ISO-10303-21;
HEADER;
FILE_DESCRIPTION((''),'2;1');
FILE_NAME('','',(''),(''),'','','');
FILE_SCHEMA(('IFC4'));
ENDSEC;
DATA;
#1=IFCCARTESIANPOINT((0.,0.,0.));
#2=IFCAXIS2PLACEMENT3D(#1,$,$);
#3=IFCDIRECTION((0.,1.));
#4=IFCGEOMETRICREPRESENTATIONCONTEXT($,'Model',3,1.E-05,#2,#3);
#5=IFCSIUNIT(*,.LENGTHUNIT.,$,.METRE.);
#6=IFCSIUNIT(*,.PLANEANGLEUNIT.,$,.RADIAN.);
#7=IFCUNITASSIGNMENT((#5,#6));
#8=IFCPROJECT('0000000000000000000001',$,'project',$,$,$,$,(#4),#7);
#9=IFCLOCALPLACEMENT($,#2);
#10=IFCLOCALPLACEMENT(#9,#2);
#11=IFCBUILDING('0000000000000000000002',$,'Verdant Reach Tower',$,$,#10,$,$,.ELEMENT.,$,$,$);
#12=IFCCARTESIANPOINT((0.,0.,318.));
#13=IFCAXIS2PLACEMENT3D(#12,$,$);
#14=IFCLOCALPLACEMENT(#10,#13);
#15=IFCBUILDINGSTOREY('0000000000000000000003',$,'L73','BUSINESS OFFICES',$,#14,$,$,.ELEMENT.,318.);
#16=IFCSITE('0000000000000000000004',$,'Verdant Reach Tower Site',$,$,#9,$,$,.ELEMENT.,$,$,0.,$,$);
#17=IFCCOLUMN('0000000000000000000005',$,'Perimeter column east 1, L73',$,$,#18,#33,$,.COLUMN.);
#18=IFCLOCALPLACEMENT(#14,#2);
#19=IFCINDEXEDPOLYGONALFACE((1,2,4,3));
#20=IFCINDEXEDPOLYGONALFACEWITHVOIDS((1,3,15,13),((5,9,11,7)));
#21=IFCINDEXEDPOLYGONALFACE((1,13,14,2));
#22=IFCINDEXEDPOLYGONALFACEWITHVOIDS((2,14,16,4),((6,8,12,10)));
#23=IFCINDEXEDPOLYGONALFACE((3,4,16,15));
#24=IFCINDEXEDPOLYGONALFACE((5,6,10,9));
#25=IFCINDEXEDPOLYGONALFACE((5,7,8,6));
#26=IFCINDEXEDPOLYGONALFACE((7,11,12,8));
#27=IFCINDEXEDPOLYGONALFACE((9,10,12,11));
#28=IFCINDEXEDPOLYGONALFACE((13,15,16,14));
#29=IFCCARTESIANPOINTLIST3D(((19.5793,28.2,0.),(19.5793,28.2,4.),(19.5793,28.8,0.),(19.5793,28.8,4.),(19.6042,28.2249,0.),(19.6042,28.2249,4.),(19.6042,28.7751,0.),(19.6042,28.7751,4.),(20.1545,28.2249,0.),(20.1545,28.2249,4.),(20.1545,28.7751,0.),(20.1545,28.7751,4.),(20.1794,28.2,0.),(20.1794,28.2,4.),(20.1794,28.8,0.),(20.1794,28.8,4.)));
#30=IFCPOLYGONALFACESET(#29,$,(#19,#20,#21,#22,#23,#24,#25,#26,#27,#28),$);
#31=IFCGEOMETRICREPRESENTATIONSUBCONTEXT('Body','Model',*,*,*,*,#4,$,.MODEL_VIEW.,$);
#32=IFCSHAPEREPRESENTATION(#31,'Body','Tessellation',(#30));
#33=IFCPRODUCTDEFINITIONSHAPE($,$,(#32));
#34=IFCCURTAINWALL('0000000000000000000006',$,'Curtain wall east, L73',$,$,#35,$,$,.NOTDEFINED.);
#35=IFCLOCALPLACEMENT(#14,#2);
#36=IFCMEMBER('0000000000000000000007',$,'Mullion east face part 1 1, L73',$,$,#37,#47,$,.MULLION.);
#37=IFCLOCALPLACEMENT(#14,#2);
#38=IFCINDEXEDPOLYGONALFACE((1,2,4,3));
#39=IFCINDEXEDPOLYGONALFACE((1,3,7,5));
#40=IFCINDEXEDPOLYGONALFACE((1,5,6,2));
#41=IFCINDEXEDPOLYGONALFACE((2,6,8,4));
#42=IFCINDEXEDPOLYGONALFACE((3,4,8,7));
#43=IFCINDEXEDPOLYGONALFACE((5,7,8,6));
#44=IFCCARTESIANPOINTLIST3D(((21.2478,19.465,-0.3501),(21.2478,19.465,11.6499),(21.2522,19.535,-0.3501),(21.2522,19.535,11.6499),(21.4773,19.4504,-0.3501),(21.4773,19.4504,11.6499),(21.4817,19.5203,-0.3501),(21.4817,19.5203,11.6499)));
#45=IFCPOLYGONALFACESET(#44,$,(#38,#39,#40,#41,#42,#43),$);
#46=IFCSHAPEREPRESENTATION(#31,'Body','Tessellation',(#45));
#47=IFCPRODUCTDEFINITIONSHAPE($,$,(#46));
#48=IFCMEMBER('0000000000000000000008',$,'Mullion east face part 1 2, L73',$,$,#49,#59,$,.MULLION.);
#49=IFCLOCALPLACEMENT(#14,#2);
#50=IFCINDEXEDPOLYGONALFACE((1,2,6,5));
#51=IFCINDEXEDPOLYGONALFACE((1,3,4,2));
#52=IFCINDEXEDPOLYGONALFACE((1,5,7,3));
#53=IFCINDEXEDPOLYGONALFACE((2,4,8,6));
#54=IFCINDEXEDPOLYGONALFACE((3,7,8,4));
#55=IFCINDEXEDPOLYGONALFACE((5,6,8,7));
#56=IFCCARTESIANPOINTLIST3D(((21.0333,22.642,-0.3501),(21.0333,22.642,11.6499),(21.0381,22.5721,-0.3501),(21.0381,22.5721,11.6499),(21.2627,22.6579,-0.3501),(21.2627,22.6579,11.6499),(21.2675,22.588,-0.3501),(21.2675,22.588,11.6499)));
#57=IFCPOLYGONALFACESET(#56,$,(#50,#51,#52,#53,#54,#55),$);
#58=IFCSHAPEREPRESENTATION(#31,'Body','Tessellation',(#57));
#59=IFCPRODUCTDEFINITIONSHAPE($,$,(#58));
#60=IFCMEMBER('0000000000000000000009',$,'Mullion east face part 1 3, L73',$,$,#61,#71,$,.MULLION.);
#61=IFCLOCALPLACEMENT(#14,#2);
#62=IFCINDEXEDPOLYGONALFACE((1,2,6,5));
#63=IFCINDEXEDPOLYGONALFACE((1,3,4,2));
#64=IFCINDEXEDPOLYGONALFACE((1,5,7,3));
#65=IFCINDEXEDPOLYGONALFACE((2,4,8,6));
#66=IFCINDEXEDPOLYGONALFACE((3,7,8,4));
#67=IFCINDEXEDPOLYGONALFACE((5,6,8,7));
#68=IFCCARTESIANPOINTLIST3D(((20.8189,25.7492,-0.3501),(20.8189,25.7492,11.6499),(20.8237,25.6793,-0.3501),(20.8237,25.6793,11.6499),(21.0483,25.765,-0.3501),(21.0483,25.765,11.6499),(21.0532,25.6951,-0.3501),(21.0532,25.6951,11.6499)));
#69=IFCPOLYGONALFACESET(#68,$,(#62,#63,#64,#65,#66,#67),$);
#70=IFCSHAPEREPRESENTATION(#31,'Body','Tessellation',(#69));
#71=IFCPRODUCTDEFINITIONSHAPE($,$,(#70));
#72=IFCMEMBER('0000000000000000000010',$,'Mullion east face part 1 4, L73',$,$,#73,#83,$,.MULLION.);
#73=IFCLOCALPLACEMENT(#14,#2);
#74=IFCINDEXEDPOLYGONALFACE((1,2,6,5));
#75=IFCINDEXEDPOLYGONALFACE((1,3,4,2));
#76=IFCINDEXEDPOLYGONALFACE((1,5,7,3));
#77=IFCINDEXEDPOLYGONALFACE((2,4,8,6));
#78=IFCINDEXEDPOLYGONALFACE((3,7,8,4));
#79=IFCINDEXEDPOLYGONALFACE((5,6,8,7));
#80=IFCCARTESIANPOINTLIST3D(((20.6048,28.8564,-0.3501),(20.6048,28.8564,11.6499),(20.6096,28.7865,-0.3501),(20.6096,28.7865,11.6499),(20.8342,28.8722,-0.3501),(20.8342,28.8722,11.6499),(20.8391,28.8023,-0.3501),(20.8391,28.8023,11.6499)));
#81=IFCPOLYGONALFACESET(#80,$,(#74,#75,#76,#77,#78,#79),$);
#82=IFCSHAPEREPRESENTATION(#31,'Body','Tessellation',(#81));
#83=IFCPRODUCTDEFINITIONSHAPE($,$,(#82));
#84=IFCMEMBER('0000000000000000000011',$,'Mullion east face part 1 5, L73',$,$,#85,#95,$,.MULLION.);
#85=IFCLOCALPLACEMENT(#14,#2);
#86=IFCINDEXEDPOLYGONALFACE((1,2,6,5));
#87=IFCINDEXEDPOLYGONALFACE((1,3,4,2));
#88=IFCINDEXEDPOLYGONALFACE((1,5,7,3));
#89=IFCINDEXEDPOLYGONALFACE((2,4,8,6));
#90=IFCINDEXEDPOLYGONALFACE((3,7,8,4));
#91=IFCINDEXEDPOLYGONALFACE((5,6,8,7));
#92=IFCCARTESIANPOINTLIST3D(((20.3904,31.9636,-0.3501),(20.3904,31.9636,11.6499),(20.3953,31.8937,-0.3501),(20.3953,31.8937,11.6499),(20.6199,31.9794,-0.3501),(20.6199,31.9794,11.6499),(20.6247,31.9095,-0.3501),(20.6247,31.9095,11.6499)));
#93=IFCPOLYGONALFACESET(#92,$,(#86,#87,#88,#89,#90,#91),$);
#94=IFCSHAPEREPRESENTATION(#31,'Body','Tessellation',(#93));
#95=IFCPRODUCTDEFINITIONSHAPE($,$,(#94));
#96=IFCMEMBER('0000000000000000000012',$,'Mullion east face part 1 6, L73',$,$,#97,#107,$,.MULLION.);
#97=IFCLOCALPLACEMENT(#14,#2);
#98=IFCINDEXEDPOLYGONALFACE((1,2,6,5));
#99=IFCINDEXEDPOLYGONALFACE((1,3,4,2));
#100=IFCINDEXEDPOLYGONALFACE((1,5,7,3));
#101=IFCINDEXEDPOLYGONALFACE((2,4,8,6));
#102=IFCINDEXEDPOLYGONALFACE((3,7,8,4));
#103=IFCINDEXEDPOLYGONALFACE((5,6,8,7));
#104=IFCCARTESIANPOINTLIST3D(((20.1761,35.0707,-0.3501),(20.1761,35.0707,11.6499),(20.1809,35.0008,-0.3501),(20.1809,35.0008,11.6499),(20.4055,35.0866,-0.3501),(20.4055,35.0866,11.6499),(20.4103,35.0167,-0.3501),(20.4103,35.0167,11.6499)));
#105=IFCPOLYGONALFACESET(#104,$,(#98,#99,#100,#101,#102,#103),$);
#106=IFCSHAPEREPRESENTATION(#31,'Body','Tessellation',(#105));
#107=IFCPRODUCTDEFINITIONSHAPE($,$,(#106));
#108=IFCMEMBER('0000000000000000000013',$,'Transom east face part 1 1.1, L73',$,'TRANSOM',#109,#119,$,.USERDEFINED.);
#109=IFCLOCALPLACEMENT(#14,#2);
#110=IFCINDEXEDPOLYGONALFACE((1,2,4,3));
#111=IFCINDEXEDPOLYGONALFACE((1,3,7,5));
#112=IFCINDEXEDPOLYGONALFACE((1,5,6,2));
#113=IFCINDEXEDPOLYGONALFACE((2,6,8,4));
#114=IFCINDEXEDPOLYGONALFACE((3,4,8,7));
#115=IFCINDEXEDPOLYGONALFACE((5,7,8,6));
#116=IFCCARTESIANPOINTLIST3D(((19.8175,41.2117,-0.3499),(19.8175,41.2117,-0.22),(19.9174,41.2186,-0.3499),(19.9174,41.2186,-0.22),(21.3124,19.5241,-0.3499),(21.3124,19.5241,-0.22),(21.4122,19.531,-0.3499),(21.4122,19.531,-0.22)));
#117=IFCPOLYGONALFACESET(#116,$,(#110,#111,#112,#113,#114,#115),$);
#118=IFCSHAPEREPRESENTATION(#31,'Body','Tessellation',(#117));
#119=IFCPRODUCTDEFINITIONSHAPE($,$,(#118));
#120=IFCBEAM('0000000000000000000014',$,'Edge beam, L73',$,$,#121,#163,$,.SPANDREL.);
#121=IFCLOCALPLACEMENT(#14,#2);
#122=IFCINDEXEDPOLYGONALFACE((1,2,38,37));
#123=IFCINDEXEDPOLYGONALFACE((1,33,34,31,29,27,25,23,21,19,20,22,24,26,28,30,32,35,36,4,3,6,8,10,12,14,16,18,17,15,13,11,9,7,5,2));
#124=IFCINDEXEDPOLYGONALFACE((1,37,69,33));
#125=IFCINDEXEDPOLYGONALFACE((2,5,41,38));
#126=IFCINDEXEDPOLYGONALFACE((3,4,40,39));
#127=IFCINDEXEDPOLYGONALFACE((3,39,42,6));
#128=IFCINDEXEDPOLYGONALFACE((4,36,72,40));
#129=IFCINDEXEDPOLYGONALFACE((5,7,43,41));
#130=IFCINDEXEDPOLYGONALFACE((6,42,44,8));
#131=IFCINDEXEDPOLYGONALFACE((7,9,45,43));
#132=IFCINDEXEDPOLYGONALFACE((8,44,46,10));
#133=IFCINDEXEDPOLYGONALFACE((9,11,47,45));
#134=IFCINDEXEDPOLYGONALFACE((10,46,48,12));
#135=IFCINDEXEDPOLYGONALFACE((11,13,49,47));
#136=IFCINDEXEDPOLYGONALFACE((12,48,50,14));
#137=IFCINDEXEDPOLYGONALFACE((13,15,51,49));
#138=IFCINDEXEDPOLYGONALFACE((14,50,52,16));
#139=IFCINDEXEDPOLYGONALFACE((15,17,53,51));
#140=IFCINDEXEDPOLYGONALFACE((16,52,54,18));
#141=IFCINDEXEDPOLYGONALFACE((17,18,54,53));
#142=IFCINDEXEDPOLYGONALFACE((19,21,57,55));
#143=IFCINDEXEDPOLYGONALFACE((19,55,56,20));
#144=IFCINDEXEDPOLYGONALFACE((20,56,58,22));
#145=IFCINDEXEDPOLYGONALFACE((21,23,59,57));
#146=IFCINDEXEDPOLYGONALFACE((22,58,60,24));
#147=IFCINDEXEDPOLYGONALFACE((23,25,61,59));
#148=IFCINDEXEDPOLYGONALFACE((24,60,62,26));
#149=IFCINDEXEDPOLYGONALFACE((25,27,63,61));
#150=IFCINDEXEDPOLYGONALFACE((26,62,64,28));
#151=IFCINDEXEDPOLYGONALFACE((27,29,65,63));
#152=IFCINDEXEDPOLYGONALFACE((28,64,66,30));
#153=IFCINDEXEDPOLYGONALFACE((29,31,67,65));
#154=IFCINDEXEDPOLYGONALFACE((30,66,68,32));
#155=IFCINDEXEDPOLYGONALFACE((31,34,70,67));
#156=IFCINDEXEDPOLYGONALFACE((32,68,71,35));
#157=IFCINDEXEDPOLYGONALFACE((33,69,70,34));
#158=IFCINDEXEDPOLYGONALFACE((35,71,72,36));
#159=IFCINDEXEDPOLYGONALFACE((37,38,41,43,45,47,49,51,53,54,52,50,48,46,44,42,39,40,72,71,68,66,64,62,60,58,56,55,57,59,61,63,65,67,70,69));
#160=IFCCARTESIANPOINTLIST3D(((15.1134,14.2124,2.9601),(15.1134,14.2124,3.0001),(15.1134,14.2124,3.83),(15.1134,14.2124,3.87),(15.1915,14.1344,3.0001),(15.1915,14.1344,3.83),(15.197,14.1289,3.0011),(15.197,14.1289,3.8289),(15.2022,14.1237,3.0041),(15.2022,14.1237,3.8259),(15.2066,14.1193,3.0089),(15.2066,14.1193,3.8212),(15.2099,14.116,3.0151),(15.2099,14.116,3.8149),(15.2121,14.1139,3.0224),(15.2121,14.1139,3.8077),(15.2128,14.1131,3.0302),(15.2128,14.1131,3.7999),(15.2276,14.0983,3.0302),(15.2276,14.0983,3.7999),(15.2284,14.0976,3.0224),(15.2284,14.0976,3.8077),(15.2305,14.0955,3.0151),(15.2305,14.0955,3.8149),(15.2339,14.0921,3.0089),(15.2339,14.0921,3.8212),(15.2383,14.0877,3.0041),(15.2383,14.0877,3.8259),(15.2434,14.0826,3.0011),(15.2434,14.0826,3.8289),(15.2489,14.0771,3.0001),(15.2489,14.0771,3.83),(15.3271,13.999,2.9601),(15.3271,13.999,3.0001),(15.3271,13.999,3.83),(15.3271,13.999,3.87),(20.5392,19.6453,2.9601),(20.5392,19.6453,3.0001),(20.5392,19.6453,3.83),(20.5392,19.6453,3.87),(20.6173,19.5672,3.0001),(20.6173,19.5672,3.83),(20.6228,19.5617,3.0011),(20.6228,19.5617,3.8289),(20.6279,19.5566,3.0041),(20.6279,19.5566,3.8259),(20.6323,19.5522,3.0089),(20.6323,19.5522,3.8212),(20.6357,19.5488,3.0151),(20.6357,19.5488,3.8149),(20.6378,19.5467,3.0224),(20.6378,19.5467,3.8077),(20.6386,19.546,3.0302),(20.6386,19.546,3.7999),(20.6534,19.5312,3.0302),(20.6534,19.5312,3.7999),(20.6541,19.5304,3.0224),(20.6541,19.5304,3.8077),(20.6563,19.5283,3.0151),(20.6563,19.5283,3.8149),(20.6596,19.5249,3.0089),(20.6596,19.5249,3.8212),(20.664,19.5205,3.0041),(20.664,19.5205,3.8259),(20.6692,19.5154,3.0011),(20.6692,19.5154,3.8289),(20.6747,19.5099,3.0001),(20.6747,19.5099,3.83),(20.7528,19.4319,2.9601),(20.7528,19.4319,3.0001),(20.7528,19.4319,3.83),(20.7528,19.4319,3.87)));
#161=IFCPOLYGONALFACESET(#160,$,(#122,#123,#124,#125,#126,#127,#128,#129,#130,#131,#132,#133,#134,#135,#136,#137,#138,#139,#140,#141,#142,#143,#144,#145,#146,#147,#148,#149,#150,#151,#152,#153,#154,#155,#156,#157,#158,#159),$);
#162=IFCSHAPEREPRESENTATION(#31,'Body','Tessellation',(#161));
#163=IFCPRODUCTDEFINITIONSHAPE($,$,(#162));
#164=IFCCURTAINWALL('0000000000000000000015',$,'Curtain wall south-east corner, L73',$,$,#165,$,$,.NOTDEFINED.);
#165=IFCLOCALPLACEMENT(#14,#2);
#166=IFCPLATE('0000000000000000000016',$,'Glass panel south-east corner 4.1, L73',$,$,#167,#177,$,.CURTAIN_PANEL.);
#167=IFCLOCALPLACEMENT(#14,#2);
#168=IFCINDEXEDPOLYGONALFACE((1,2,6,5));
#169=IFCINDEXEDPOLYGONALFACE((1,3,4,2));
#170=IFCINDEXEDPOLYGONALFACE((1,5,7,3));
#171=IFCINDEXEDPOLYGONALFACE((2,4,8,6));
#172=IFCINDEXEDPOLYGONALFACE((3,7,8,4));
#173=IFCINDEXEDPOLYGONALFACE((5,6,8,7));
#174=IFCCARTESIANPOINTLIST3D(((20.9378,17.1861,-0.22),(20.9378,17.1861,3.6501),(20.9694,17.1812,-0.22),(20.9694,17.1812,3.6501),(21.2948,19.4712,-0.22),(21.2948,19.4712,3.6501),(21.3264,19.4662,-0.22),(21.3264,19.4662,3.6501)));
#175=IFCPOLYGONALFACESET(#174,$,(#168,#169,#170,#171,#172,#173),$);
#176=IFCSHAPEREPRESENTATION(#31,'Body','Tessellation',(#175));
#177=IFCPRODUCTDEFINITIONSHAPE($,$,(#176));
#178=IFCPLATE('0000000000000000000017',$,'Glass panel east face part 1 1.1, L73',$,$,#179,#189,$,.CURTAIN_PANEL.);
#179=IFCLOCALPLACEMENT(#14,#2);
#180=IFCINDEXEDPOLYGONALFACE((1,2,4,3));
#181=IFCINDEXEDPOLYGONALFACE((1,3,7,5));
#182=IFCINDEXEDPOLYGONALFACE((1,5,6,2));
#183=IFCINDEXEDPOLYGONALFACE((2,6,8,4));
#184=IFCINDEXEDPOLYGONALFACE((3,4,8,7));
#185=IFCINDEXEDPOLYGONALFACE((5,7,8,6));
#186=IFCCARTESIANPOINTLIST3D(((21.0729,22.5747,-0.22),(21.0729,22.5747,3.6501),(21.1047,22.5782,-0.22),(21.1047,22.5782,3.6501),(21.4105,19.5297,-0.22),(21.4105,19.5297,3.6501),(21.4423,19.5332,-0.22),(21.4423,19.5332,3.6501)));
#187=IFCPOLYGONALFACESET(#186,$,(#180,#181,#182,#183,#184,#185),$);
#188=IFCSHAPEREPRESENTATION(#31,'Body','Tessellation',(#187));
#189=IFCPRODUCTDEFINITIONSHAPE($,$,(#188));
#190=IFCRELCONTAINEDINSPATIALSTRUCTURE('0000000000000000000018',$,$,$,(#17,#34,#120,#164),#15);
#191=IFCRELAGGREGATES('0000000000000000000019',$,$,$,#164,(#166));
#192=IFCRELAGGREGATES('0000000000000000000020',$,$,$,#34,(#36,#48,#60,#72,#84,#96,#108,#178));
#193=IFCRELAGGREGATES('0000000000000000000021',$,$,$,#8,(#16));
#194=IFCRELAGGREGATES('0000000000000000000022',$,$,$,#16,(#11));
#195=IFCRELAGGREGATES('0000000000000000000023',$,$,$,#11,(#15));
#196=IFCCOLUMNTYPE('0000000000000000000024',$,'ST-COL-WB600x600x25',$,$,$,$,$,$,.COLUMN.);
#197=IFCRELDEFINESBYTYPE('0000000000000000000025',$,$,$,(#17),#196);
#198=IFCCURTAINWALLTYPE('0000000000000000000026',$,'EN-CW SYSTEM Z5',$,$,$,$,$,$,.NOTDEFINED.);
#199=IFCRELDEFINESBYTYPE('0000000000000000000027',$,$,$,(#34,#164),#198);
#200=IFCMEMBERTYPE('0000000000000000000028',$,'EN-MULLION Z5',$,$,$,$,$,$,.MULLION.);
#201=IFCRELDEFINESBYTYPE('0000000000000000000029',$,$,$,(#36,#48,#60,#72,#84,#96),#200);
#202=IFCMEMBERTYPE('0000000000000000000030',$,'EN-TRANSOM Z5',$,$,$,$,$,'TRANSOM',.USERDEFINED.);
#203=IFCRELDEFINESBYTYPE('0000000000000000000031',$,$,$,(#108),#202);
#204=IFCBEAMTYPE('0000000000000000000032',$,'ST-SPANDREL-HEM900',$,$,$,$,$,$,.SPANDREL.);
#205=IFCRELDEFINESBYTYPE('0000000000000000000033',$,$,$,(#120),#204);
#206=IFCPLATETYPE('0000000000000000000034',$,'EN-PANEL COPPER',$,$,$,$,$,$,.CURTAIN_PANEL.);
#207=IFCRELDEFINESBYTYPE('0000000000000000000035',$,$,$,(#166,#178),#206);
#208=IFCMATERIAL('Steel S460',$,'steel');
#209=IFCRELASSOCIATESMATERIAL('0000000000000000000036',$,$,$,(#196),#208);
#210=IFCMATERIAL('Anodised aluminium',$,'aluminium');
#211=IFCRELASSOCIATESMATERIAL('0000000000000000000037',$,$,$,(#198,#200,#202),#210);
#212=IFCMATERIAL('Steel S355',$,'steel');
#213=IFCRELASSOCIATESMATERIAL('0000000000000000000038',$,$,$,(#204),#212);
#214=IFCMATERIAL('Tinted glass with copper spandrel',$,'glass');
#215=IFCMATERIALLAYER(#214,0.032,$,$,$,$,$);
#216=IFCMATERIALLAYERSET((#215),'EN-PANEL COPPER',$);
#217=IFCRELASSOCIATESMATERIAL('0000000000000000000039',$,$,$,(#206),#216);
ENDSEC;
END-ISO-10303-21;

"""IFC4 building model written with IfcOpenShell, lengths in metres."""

from ifc_helpers import new_model, si_unit, direction, frame, origin, origin_2d, place, context, subcontext, project, spatial, rectangle, hollow_rectangle, i_section, extrude, material, layer, layer_set, material_profile, profile_set, type_object, element, aggregate, save


model = new_model("IFC4")

# Units and contexts
model_context = context("Model", 3, precision=1e-05, world=origin(), true_north=direction((0.0, 1.0)))
body_context = subcontext(model_context, "Body", "Model", "MODEL_VIEW")
ifc_project = project(units=[si_unit("LENGTHUNIT", "METRE"), si_unit("PLANEANGLEUNIT", "RADIAN")], contexts=[model_context])

# Site, building, storey
site_placement = place(None, origin())
site = spatial("IfcSite", under=ifc_project, at=site_placement, Name="Verdant Reach Tower Site", CompositionType="ELEMENT", RefElevation=0.0)
building_placement = place(site_placement, origin())
building = spatial("IfcBuilding", under=site, at=building_placement, Name="Verdant Reach Tower", CompositionType="ELEMENT")
storey_placement = place(building_placement, frame((0.0, 0.0, 318.0)))
storey = spatial("IfcBuildingStorey", under=building, at=storey_placement, Name="L73", Description="BUSINESS OFFICES", CompositionType="ELEMENT", Elevation=318.0)

# Column
ifc_material_1 = material(Name="Steel S460", Category="steel")
ifc_material_profile_1 = material_profile(ifc_material_1, hollow_rectangle(XDim=0.6001, YDim=0.6001, WallThickness=0.0249, at=origin_2d()), Name="WB 600x600x25")
ifc_profile_set_1 = profile_set([ifc_material_profile_1], Name="Steel S460")
column_type = type_object("IfcColumnType", Name="ST-COL-WB600x600x25", PredefinedType="COLUMN", material=ifc_profile_set_1)
column_placement = place(storey_placement, frame((19.8794, 28.5, 0.0), z_axis=(0.0, 0.0, 1.0), x_axis=(1.0, 0.0, 0.0)))
element("IfcColumn", 1, at=column_placement, inside=storey, type_object=column_type, Name="Perimeter column east 1, L73", PredefinedType="COLUMN", context=body_context, shape_type="SweptSolid", body=[
    extrude(hollow_rectangle(XDim=0.6001, YDim=0.6001, WallThickness=0.0249, at=origin_2d()), origin(), (0.0, 0.0, 1.0), 4.0),
])

# Curtain wall, members
ifc_material_2 = material(Name="Anodised aluminium", Category="aluminium")
curtain_wall_type = type_object("IfcCurtainWallType", Name="EN-CW SYSTEM Z5", PredefinedType="NOTDEFINED", material=ifc_material_2)
curtain_wall_1_placement = place(storey_placement, origin())
curtain_wall_1 = element("IfcCurtainWall", 2, at=curtain_wall_1_placement, inside=storey, type_object=curtain_wall_type, Name="Curtain wall east, L73", PredefinedType="NOTDEFINED")
ifc_material_profile_2 = material_profile(ifc_material_2, rectangle(XDim=0.23, YDim=0.0701, at=origin_2d()), Name="Mullion 70x230")
ifc_profile_set_2 = profile_set([ifc_material_profile_2], Name="Anodised aluminium")
member_type_1 = type_object("IfcMemberType", Name="EN-MULLION Z5", PredefinedType="MULLION", material=ifc_profile_set_2)
member_1_placement = place(storey_placement, frame((21.3647, 19.4927, -0.3501), z_axis=(0.0, 0.0, 1.0), x_axis=(0.997969, -0.063699, 0.0)))
member_1 = element("IfcMember", 3, at=member_1_placement, type_object=member_type_1, Name="Mullion east face part 1 1, L73", PredefinedType="MULLION", context=body_context, shape_type="SweptSolid", body=[
    extrude(rectangle(XDim=0.23, YDim=0.0701, at=origin_2d()), origin(), (0.0, 0.0, 1.0), 12.0),
])
member_2_placement = place(storey_placement, frame((21.1504, 22.615, -0.3501), z_axis=(0.0, 0.0, 1.0), x_axis=(0.99763, 0.068802, 0.0)))
member_2 = element("IfcMember", 4, at=member_2_placement, type_object=member_type_1, Name="Mullion east face part 1 2, L73", PredefinedType="MULLION", context=body_context, shape_type="SweptSolid", body=[
    extrude(rectangle(XDim=0.23, YDim=0.0701, at=origin_2d()), origin(), (0.0, 0.0, 1.0), 12.0),
])
member_3_placement = place(storey_placement, frame((20.936, 25.7222, -0.3501), z_axis=(0.0, 0.0, 1.0), x_axis=(0.99763, 0.068802, 0.0)))
member_3 = element("IfcMember", 5, at=member_3_placement, type_object=member_type_1, Name="Mullion east face part 1 3, L73", PredefinedType="MULLION", context=body_context, shape_type="SweptSolid", body=[
    extrude(rectangle(XDim=0.23, YDim=0.0701, at=origin_2d()), origin(), (0.0, 0.0, 1.0), 12.0),
])
member_4_placement = place(storey_placement, frame((20.7219, 28.8293, -0.3501), z_axis=(0.0, 0.0, 1.0), x_axis=(0.99763, 0.068802, 0.0)))
member_4 = element("IfcMember", 6, at=member_4_placement, type_object=member_type_1, Name="Mullion east face part 1 4, L73", PredefinedType="MULLION", context=body_context, shape_type="SweptSolid", body=[
    extrude(rectangle(XDim=0.23, YDim=0.0701, at=origin_2d()), origin(), (0.0, 0.0, 1.0), 12.0),
])
member_5_placement = place(storey_placement, frame((20.5076, 31.9365, -0.3501), z_axis=(0.0, 0.0, 1.0), x_axis=(0.99763, 0.068802, 0.0)))
member_5 = element("IfcMember", 7, at=member_5_placement, type_object=member_type_1, Name="Mullion east face part 1 5, L73", PredefinedType="MULLION", context=body_context, shape_type="SweptSolid", body=[
    extrude(rectangle(XDim=0.23, YDim=0.0701, at=origin_2d()), origin(), (0.0, 0.0, 1.0), 12.0),
])
member_6_placement = place(storey_placement, frame((20.2932, 35.0437, -0.3501), z_axis=(0.0, 0.0, 1.0), x_axis=(0.99763, 0.068802, 0.0)))
member_6 = element("IfcMember", 8, at=member_6_placement, type_object=member_type_1, Name="Mullion east face part 1 6, L73", PredefinedType="MULLION", context=body_context, shape_type="SweptSolid", body=[
    extrude(rectangle(XDim=0.23, YDim=0.0701, at=origin_2d()), origin(), (0.0, 0.0, 1.0), 12.0),
])
ifc_material_profile_3 = material_profile(ifc_material_2, rectangle(XDim=0.1001, YDim=0.1299, at=origin_2d()), Name="Transom 130x100")
ifc_profile_set_3 = profile_set([ifc_material_profile_3], Name="Anodised aluminium")
member_type_2 = type_object("IfcMemberType", Name="EN-TRANSOM Z5", ElementType="TRANSOM", PredefinedType="USERDEFINED", material=ifc_profile_set_3)
member_7_placement = place(storey_placement, frame((21.3623, 19.5276, -0.2849), z_axis=(-0.068765, 0.997633, 0.0), x_axis=(-0.997633, -0.068765, 0.0)))
member_7 = element("IfcMember", 9, at=member_7_placement, type_object=member_type_2, Name="Transom east face part 1 1.1, L73", ObjectType="TRANSOM", PredefinedType="USERDEFINED", context=body_context, shape_type="SweptSolid", body=[
    extrude(rectangle(XDim=0.1001, YDim=0.1299, at=origin_2d()), origin(), (0.0, 0.0, 1.0), 21.739),
])

# Beam
ifc_material_3 = material(Name="Steel S355", Category="steel")
ifc_material_profile_4 = material_profile(ifc_material_3, i_section(OverallWidth=0.302, OverallDepth=0.9099, WebThickness=0.021, FlangeThickness=0.04, FilletRadius=0.03, at=origin_2d()), Name="HEM 900")
ifc_profile_set_4 = profile_set([ifc_material_profile_4], Name="Steel S355")
beam_type = type_object("IfcBeamType", Name="ST-SPANDREL-HEM900", PredefinedType="SPANDREL", material=ifc_profile_set_4)
beam_placement = place(storey_placement, frame((20.646, 19.5386, 3.415), z_axis=(-0.706646, -0.707568, 0.0), x_axis=(0.707568, -0.706646, 0.0)))
element("IfcBeam", 10, at=beam_placement, inside=storey, type_object=beam_type, Name="Edge beam, L73", PredefinedType="SPANDREL", context=body_context, shape_type="SweptSolid", body=[
    extrude(i_section(OverallWidth=0.302, OverallDepth=0.9099, WebThickness=0.021, FlangeThickness=0.04, FilletRadius=0.03, at=origin_2d()), origin(), (0.0, 0.0, 1.0), 7.6782),
])

# Curtain wall, plate
curtain_wall_2_placement = place(storey_placement, origin())
curtain_wall_2 = element("IfcCurtainWall", 11, at=curtain_wall_2_placement, inside=storey, type_object=curtain_wall_type, Name="Curtain wall south-east corner, L73", PredefinedType="NOTDEFINED")
ifc_material_4 = material(Name="Tinted glass with copper spandrel", Category="glass")
ifc_layer_1 = layer(ifc_material_4, 0.032)
ifc_layer_set_1 = layer_set([ifc_layer_1], Name="EN-PANEL COPPER")
plate_type_1 = type_object("IfcPlateType", Name="EN-PANEL COPPER", PredefinedType="CURTAIN_PANEL", material=ifc_layer_set_1)
plate_1_placement = place(storey_placement, frame((21.1321, 18.3262, -0.22), z_axis=(0.0, 0.0, 1.0), x_axis=(0.154337, 0.988018, 0.0)))
plate_1 = element("IfcPlate", 12, at=plate_1_placement, type_object=plate_type_1, Name="Glass panel south-east corner 4.1, L73", PredefinedType="CURTAIN_PANEL", context=body_context, shape_type="SweptSolid", body=[
    extrude(rectangle(XDim=2.3127, YDim=0.032, at=origin_2d()), origin(), (0.0, 0.0, 1.0), 3.8701),
])
aggregate(curtain_wall_2, [plate_1])

# Plate
plate_2_placement = place(storey_placement, frame((21.2576, 21.054, -0.22), z_axis=(0.0, 0.0, 1.0), x_axis=(-0.110198, 0.99391, 0.0)))
plate_2 = element("IfcPlate", 13, at=plate_2_placement, type_object=plate_type_1, Name="Glass panel east face part 1 1.1, L73", PredefinedType="CURTAIN_PANEL", context=body_context, shape_type="SweptSolid", body=[
    extrude(rectangle(XDim=3.0637, YDim=0.032, at=origin_2d()), origin(), (0.0, 0.0, 1.0), 3.8701),
])
aggregate(curtain_wall_1, [member_1, member_2, member_3, member_4, member_5, member_6, member_7, plate_2])

save(model, "model.ifc")
